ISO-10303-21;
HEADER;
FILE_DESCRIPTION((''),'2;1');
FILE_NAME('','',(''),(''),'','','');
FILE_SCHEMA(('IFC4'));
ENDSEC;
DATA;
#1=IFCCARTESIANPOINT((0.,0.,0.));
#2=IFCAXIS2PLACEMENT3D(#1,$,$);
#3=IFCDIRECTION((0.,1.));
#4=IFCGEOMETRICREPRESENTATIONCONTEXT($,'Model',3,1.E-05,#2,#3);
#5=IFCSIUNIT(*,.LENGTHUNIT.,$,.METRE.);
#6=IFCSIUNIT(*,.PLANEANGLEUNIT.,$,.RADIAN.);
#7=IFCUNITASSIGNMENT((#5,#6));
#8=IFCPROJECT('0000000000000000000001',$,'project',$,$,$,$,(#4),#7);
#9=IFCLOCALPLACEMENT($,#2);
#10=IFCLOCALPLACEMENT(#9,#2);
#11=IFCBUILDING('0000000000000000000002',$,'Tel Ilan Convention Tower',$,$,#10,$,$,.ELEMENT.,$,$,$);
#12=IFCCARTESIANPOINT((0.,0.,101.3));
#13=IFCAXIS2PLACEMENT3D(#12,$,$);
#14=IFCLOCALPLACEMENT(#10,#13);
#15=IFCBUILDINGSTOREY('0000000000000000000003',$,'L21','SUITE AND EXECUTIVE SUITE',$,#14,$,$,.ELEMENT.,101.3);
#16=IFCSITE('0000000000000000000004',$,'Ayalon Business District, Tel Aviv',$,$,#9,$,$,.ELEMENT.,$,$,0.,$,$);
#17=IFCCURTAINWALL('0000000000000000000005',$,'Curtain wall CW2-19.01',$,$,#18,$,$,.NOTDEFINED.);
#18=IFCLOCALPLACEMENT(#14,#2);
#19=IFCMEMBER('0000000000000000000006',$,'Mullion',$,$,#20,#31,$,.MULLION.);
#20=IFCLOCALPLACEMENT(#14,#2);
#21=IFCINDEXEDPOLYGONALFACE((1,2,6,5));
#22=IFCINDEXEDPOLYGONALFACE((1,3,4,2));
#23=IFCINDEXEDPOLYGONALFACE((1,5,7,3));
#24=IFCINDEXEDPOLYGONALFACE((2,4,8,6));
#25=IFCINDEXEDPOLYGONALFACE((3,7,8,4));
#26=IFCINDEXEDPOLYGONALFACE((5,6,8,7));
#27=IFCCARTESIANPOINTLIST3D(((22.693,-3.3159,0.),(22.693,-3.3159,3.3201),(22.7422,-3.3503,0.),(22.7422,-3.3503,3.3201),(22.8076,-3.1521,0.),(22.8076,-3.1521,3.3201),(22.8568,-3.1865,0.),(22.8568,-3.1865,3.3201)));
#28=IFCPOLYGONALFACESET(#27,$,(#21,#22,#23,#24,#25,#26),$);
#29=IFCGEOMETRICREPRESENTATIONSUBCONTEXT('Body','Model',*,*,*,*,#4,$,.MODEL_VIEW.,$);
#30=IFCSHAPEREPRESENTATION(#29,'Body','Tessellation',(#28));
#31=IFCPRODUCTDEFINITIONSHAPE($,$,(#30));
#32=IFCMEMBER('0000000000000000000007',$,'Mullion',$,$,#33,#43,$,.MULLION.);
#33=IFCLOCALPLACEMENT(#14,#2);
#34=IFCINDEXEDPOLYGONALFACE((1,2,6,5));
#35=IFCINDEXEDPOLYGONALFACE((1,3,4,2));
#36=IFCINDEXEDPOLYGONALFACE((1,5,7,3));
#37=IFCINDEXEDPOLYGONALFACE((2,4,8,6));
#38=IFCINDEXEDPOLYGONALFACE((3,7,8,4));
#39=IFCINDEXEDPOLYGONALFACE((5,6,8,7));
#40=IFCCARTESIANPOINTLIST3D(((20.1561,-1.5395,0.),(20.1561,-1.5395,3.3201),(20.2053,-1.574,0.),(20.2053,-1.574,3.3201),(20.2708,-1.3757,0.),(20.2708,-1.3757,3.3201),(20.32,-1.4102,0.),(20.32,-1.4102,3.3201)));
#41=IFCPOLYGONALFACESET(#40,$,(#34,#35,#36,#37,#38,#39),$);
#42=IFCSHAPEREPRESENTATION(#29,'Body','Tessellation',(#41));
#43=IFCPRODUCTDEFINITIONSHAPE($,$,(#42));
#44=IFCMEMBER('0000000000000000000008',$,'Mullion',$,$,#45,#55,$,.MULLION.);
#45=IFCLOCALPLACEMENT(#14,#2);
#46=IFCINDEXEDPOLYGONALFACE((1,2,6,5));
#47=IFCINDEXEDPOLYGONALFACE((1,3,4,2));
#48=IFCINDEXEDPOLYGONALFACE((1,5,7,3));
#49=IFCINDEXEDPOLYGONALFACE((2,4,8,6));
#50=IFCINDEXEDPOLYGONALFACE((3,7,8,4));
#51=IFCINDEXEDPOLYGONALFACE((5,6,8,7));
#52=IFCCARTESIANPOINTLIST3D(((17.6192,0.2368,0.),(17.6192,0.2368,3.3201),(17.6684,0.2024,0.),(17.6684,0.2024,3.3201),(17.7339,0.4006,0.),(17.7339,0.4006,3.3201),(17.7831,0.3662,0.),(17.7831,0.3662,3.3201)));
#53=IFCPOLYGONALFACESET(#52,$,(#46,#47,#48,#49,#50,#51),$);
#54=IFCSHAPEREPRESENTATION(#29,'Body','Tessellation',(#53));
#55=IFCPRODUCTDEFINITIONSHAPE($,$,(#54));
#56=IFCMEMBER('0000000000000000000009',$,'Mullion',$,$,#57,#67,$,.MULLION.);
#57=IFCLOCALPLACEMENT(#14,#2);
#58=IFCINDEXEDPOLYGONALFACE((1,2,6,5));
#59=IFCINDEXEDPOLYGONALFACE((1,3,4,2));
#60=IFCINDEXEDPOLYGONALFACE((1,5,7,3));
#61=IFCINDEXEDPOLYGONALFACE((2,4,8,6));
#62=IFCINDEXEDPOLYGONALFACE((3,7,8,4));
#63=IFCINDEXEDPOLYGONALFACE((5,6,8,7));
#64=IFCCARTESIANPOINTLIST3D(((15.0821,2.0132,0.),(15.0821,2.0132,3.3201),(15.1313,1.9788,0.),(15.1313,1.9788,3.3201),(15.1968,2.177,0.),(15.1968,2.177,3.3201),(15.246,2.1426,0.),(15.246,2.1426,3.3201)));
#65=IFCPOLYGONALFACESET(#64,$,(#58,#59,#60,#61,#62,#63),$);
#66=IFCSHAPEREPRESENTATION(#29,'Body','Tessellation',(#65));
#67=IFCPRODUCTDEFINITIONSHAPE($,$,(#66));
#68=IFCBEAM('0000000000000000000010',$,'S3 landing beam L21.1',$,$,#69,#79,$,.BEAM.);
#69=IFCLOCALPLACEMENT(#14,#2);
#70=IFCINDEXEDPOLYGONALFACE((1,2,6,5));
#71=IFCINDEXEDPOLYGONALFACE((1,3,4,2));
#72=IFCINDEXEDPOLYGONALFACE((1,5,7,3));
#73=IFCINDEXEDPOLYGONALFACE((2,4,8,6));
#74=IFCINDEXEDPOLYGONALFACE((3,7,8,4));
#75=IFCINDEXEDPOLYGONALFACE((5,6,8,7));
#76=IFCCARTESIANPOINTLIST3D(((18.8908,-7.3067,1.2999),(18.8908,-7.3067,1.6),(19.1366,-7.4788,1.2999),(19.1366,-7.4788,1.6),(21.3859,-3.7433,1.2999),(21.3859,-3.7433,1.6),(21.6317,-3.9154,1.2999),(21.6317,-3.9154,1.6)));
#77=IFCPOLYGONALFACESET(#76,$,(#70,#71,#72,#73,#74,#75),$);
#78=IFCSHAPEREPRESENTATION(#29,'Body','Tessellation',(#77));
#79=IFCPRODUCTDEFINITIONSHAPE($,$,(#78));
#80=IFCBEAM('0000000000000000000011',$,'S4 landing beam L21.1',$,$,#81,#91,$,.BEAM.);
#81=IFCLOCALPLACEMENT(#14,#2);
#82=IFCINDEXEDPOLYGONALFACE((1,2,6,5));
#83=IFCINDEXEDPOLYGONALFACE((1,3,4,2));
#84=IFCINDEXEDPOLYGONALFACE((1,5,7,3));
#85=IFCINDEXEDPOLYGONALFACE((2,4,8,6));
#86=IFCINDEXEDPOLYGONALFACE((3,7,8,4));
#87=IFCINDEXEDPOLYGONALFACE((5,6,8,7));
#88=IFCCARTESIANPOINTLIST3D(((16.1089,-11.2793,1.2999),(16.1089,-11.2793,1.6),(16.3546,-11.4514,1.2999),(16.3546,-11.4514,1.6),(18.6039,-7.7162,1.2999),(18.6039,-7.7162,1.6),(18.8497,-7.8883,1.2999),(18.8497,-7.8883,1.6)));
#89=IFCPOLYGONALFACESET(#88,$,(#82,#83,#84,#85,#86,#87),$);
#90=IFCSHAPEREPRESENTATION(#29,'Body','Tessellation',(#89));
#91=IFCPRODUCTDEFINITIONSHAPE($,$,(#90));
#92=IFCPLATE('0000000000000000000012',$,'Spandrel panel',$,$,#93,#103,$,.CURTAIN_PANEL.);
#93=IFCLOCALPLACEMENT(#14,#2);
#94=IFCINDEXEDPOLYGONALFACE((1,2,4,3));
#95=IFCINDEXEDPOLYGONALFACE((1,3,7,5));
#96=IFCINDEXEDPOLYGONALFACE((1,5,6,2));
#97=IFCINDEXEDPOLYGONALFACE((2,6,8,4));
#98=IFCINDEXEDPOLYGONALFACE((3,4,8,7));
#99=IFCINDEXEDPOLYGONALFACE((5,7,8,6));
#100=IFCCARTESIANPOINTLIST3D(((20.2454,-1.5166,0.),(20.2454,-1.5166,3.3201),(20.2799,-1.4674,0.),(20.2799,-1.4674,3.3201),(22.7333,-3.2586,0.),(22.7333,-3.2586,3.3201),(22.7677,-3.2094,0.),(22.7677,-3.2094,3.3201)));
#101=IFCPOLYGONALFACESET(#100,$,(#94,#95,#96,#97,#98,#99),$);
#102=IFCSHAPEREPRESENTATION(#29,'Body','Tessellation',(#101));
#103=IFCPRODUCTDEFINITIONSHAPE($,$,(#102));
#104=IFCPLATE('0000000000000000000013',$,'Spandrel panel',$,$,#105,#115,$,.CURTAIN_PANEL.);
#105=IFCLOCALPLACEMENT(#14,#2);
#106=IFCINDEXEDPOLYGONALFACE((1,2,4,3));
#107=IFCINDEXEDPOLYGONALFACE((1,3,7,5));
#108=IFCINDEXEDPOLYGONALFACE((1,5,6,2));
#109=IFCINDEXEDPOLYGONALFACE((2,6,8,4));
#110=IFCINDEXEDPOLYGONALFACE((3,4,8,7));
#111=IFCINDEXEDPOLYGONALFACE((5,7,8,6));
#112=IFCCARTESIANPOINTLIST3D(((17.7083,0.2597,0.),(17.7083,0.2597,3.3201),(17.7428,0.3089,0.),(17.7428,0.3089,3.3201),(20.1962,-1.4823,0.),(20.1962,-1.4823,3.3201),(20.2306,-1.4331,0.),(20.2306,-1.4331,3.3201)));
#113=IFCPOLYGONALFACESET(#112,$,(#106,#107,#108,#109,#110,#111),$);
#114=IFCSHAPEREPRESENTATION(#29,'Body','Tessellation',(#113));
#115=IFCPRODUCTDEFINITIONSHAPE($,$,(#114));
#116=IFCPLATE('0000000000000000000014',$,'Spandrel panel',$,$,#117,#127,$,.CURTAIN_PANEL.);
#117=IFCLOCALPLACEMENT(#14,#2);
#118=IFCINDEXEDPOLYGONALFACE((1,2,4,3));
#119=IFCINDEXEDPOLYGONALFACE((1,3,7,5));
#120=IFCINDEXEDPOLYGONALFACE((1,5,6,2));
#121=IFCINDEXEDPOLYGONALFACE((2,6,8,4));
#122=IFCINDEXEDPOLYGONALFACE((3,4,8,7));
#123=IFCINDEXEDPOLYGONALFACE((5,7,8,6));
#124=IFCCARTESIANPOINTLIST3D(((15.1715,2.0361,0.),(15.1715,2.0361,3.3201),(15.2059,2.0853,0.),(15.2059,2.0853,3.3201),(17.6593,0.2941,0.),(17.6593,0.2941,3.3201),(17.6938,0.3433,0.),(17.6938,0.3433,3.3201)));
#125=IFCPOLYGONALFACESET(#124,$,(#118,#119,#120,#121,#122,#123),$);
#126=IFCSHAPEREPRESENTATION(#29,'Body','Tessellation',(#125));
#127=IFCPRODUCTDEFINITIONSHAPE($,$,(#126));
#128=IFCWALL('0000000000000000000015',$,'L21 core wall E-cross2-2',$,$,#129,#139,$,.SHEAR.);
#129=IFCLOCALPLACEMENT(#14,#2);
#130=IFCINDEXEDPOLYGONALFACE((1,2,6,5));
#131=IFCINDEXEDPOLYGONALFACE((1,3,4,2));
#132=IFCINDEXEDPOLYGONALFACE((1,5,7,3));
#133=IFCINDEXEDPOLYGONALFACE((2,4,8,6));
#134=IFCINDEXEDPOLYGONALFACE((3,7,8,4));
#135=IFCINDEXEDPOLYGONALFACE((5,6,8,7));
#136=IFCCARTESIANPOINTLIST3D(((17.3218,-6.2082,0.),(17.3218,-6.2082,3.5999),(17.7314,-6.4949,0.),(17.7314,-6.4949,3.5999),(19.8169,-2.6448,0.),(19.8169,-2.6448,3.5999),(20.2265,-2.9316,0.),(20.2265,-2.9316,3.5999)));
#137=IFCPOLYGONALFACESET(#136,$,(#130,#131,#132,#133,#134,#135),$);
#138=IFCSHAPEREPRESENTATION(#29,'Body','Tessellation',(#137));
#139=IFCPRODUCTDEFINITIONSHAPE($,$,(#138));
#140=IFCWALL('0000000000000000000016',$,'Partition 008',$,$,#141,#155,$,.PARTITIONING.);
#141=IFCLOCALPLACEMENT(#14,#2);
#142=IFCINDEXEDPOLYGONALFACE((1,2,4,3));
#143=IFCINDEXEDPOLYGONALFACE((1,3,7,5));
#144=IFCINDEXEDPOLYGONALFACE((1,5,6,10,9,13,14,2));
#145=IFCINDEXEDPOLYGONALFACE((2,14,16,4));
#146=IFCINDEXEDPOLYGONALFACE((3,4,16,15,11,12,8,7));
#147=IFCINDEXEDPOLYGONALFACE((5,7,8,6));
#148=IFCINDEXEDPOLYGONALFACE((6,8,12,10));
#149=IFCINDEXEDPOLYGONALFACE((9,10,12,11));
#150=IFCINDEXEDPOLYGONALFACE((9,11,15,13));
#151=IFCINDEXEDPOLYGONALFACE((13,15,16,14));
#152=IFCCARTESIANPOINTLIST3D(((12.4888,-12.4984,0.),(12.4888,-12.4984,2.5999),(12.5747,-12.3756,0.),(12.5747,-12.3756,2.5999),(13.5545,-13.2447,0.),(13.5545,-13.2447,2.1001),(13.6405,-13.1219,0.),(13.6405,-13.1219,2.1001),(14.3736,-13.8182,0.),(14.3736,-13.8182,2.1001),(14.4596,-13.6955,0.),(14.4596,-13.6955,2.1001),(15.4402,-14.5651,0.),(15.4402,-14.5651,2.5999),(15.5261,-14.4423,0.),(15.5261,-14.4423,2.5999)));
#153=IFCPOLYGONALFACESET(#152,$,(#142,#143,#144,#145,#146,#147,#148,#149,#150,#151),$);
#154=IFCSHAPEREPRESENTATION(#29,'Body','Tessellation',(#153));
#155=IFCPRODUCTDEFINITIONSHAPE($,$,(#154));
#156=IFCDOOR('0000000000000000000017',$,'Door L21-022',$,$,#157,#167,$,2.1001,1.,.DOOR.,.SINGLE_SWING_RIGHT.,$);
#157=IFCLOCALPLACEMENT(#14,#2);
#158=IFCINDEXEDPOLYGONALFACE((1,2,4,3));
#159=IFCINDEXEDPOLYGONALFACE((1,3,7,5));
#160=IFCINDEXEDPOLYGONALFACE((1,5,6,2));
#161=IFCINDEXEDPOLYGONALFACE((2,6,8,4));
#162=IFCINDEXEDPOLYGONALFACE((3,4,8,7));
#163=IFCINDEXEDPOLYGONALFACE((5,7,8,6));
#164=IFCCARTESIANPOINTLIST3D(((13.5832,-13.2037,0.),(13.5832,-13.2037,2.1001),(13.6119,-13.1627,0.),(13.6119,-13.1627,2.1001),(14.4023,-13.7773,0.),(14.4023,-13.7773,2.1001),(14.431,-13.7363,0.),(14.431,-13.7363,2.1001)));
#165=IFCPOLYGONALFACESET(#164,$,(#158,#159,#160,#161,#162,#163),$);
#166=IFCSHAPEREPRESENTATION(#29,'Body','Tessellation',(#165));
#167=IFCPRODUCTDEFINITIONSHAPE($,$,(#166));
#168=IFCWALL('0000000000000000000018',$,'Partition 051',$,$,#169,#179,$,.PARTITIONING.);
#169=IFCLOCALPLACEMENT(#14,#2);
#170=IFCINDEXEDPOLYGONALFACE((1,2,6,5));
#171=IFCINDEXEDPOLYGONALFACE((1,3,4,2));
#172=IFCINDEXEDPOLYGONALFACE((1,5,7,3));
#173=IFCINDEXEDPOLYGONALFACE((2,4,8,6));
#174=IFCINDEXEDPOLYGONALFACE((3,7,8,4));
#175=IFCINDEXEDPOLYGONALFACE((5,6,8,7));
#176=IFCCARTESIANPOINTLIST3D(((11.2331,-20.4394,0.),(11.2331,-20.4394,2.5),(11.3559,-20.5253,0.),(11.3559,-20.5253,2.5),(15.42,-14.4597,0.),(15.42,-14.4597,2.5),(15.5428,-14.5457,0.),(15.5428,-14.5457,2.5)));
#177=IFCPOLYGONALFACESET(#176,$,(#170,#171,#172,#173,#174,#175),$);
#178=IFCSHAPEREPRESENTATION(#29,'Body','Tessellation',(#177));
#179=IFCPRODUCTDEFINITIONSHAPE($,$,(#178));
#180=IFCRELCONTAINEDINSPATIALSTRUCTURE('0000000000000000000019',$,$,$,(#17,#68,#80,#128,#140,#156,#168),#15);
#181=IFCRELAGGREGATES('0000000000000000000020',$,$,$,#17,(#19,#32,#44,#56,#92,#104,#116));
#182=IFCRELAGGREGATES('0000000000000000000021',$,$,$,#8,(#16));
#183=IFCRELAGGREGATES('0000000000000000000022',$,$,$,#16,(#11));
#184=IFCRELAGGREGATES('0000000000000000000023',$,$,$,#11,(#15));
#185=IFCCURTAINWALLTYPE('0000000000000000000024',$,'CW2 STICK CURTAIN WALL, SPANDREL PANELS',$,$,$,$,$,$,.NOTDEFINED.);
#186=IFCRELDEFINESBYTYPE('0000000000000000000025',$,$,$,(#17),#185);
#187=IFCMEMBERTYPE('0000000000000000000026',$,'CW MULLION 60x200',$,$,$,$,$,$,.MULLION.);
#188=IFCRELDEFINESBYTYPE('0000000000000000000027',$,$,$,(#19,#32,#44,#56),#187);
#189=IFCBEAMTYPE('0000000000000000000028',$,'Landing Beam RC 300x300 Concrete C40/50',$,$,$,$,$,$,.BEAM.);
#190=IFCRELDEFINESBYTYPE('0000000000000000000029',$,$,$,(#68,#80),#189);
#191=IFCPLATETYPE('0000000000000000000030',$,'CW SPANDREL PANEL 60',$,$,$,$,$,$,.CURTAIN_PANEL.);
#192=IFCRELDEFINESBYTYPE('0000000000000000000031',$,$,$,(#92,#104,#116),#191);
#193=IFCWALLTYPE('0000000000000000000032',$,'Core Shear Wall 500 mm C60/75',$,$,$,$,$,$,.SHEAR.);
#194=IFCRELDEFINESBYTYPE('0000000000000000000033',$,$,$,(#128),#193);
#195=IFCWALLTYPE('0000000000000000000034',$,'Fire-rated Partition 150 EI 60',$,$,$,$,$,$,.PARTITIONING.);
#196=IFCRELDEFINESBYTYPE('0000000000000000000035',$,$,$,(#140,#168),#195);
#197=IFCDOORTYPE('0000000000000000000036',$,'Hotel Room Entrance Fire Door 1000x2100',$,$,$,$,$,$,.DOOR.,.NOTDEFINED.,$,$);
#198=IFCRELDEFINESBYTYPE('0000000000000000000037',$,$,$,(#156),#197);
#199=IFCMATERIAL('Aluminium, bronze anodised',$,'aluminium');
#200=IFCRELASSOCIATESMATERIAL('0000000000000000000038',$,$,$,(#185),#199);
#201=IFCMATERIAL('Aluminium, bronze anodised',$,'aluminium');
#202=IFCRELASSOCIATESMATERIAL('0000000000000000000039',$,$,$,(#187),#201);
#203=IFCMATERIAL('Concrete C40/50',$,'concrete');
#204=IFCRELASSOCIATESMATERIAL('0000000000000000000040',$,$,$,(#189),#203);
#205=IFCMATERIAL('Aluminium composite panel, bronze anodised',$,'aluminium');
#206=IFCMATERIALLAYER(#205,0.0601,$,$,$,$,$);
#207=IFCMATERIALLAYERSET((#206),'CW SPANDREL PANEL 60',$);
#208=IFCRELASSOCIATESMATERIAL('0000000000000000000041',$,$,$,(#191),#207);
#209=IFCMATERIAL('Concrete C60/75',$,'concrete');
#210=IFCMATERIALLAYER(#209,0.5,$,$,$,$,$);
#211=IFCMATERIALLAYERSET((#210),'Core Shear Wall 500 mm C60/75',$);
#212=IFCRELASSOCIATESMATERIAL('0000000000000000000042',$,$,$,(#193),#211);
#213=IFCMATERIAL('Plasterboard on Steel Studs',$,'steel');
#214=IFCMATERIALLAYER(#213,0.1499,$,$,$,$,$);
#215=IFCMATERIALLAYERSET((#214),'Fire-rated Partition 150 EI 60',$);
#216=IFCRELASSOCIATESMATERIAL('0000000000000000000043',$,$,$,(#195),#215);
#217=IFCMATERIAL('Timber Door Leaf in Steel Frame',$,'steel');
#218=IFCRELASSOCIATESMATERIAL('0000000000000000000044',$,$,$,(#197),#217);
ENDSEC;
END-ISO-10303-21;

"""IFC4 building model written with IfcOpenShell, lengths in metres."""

from ifc_helpers import new_model, si_unit, direction, frame, frame_2d, origin, origin_2d, place, context, subcontext, project, spatial, polyline, rectangle, outline, extrude, material, layer, layer_set, material_profile, profile_set, type_object, element, fill, aggregate, save


model = new_model("IFC4")

# Units and contexts
model_context = context("Model", 3, precision=1e-05, world=origin(), true_north=direction((0.0, 1.0)))
body_context = subcontext(model_context, "Body", "Model", "MODEL_VIEW")
ifc_project = project(units=[si_unit("LENGTHUNIT", "METRE"), si_unit("PLANEANGLEUNIT", "RADIAN")], contexts=[model_context])

# Site, building, storey
site_placement = place(None, origin())
site = spatial("IfcSite", under=ifc_project, at=site_placement, Name="Ayalon Business District, Tel Aviv", CompositionType="ELEMENT", RefElevation=0.0)
building_placement = place(site_placement, origin())
building = spatial("IfcBuilding", under=site, at=building_placement, Name="Tel Ilan Convention Tower", CompositionType="ELEMENT")
storey_placement = place(building_placement, frame((0.0, 0.0, 101.3)))
storey = spatial("IfcBuildingStorey", under=building, at=storey_placement, Name="L21", Description="SUITE AND EXECUTIVE SUITE", CompositionType="ELEMENT", Elevation=101.3)

# Curtain wall, members
ifc_material_1 = material(Name="Aluminium, bronze anodised", Category="aluminium")
curtain_wall_type = type_object("IfcCurtainWallType", Name="CW2 STICK CURTAIN WALL, SPANDREL PANELS", PredefinedType="NOTDEFINED", material=ifc_material_1)
curtain_wall_placement = place(storey_placement, origin())
curtain_wall = element("IfcCurtainWall", 1, at=curtain_wall_placement, inside=storey, type_object=curtain_wall_type, Name="Curtain wall CW2-19.01", PredefinedType="NOTDEFINED")
ifc_material_2 = material(Name="Aluminium, bronze anodised", Category="aluminium")
ifc_material_profile_1 = material_profile(ifc_material_2, rectangle(XDim=0.0601, YDim=0.2, at=origin_2d()), Name="CW MULLION 60x200")
ifc_profile_set_1 = profile_set([ifc_material_profile_1], Name="Aluminium, bronze anodised")
member_type = type_object("IfcMemberType", Name="CW MULLION 60x200", PredefinedType="MULLION", material=ifc_profile_set_1)
member_1_placement = place(storey_placement, frame((22.7749, -3.2512, 0.0), z_axis=(0.0, 0.0, 1.0), x_axis=(-0.819152, 0.573576, 0.0)))
member_1 = element("IfcMember", 2, at=member_1_placement, type_object=member_type, Name="Mullion", PredefinedType="MULLION", context=body_context, shape_type="SweptSolid", body=[
    extrude(rectangle(XDim=0.0601, YDim=0.2, at=origin_2d()), origin(), (0.0, 0.0, 1.0), 3.3201),
])
member_2_placement = place(storey_placement, frame((20.238, -1.4749, 0.0), z_axis=(0.0, 0.0, 1.0), x_axis=(-0.819152, 0.573576, 0.0)))
member_2 = element("IfcMember", 3, at=member_2_placement, type_object=member_type, Name="Mullion", PredefinedType="MULLION", context=body_context, shape_type="SweptSolid", body=[
    extrude(rectangle(XDim=0.0601, YDim=0.2, at=origin_2d()), origin(), (0.0, 0.0, 1.0), 3.3201),
])
member_3_placement = place(storey_placement, frame((17.7012, 0.3015, 0.0), z_axis=(0.0, 0.0, 1.0), x_axis=(-0.819152, 0.573576, 0.0)))
member_3 = element("IfcMember", 4, at=member_3_placement, type_object=member_type, Name="Mullion", PredefinedType="MULLION", context=body_context, shape_type="SweptSolid", body=[
    extrude(rectangle(XDim=0.0601, YDim=0.2, at=origin_2d()), origin(), (0.0, 0.0, 1.0), 3.3201),
])
member_4_placement = place(storey_placement, frame((15.1641, 2.0779, 0.0), z_axis=(0.0, 0.0, 1.0), x_axis=(-0.819152, 0.573576, 0.0)))
member_4 = element("IfcMember", 5, at=member_4_placement, type_object=member_type, Name="Mullion", PredefinedType="MULLION", context=body_context, shape_type="SweptSolid", body=[
    extrude(rectangle(XDim=0.0601, YDim=0.2, at=origin_2d()), origin(), (0.0, 0.0, 1.0), 3.3201),
])

# Beams
ifc_material_3 = material(Name="Concrete C40/50", Category="concrete")
ifc_material_profile_2 = material_profile(ifc_material_3, rectangle(XDim=0.3, YDim=0.3, at=origin_2d()), Name="RC 300x300")
ifc_profile_set_2 = profile_set([ifc_material_profile_2], Name="Concrete C40/50")
beam_type = type_object("IfcBeamType", Name="Landing Beam RC 300x300 Concrete C40/50", PredefinedType="BEAM", material=ifc_profile_set_2)
beam_1_placement = place(storey_placement, frame((21.5088, -3.8293, 1.45), z_axis=(-0.573568, -0.819158, 0.0), x_axis=(0.819158, -0.573568, 0.0)))
element("IfcBeam", 6, at=beam_1_placement, inside=storey, type_object=beam_type, Name="S3 landing beam L21.1", PredefinedType="BEAM", context=body_context, shape_type="SweptSolid", body=[
    extrude(rectangle(XDim=0.3, YDim=0.3, at=origin_2d()), origin(), (0.0, 0.0, 1.0), 4.3501),
])
beam_2_placement = place(storey_placement, frame((18.7268, -7.8022, 1.45), z_axis=(-0.573594, -0.81914, 0.0), x_axis=(0.81914, -0.573594, 0.0)))
element("IfcBeam", 7, at=beam_2_placement, inside=storey, type_object=beam_type, Name="S4 landing beam L21.1", PredefinedType="BEAM", context=body_context, shape_type="SweptSolid", body=[
    extrude(rectangle(XDim=0.3, YDim=0.3, at=origin_2d()), origin(), (0.0, 0.0, 1.0), 4.3499),
])

# Plates
ifc_material_4 = material(Name="Aluminium composite panel, bronze anodised", Category="aluminium")
ifc_layer_1 = layer(ifc_material_4, 0.0601)
ifc_layer_set_1 = layer_set([ifc_layer_1], Name="CW SPANDREL PANEL 60")
plate_type = type_object("IfcPlateType", Name="CW SPANDREL PANEL 60", PredefinedType="CURTAIN_PANEL", material=ifc_layer_set_1)
plate_1_placement = place(storey_placement, frame((21.5066, -2.363, 0.0), z_axis=(0.0, 0.0, 1.0), x_axis=(-0.819152, 0.573576, 0.0)))
plate_1 = element("IfcPlate", 8, at=plate_1_placement, type_object=plate_type, Name="Spandrel panel", PredefinedType="CURTAIN_PANEL", context=body_context, shape_type="SweptSolid", body=[
    extrude(rectangle(XDim=3.0371, YDim=0.0601, at=origin_2d()), origin(), (0.0, 0.0, 1.0), 3.3201),
])
plate_2_placement = place(storey_placement, frame((18.9695, -0.5867, 0.0), z_axis=(0.0, 0.0, 1.0), x_axis=(-0.819152, 0.573576, 0.0)))
plate_2 = element("IfcPlate", 9, at=plate_2_placement, type_object=plate_type, Name="Spandrel panel", PredefinedType="CURTAIN_PANEL", context=body_context, shape_type="SweptSolid", body=[
    extrude(rectangle(XDim=3.0371, YDim=0.0601, at=origin_2d()), origin(), (0.0, 0.0, 1.0), 3.3201),
])
plate_3_placement = place(storey_placement, frame((16.4326, 1.1897, 0.0), z_axis=(0.0, 0.0, 1.0), x_axis=(-0.819152, 0.573576, 0.0)))
plate_3 = element("IfcPlate", 10, at=plate_3_placement, type_object=plate_type, Name="Spandrel panel", PredefinedType="CURTAIN_PANEL", context=body_context, shape_type="SweptSolid", body=[
    extrude(rectangle(XDim=3.0371, YDim=0.0601, at=origin_2d()), origin(), (0.0, 0.0, 1.0), 3.3201),
])
aggregate(curtain_wall, [member_1, member_2, member_3, member_4, plate_1, plate_2, plate_3])

# Wall
ifc_material_5 = material(Name="Concrete C60/75", Category="concrete")
ifc_layer_2 = layer(ifc_material_5, 0.5)
ifc_layer_set_2 = layer_set([ifc_layer_2], Name="Core Shear Wall 500 mm C60/75")
wall_type_1 = type_object("IfcWallType", Name="Core Shear Wall 500 mm C60/75", PredefinedType="SHEAR", material=ifc_layer_set_2)
wall_1_placement = place(storey_placement, frame((17.5266, -6.3516, 0.0), z_axis=(0.0, 0.0, 1.0), x_axis=(0.57353, 0.819184, 0.0)))
element("IfcWall", 11, at=wall_1_placement, inside=storey, type_object=wall_type_1, Name="L21 core wall E-cross2-2", PredefinedType="SHEAR", context=body_context, shape_type="SweptSolid", body=[
    extrude(outline(polyline([(4.3501, -0.2502), (4.3501, 0.2498), (0.0, 0.25), (0.0, -0.25), (4.3501, -0.2502)])), origin(), (0.0, 0.0, 1.0), 3.5999),
])

# Wall, opening, door
ifc_material_6 = material(Name="Plasterboard on Steel Studs", Category="steel")
ifc_layer_3 = layer(ifc_material_6, 0.1499)
ifc_layer_set_3 = layer_set([ifc_layer_3], Name="Fire-rated Partition 150 EI 60")
wall_type_2 = type_object("IfcWallType", Name="Fire-rated Partition 150 EI 60", PredefinedType="PARTITIONING", material=ifc_layer_set_3)
wall_2_placement = place(storey_placement, frame((15.4832, -14.5037, 0.0), z_axis=(0.0, 0.0, 1.0), x_axis=(-0.819146, 0.573585, 0.0)))
wall_2 = element("IfcWall", 12, at=wall_2_placement, inside=storey, type_object=wall_type_2, Name="Partition 008", PredefinedType="PARTITIONING", context=body_context, shape_type="SweptSolid", body=[
    extrude(rectangle(XDim=3.603, YDim=0.1499, at=frame_2d((1.8015, 0.0))), origin(), (0.0, 0.0, 1.0), 2.5999),
])
opening_placement = place(wall_2_placement, frame((1.302, 0.0, 0.0)))
opening = element("IfcOpeningElement", 13, at=opening_placement, cuts=wall_2, PredefinedType="OPENING", context=body_context, shape_type="SweptSolid", body=[
    extrude(rectangle(XDim=1.0, YDim=2.1001, at=frame_2d((0.5, 1.05))), frame((0.0, 0.085, 0.0), z_axis=(0.0, -1.0, 0.0), x_axis=(1.0, 0.0, 0.0)), (0.0, 0.0, 1.0), 0.1699),
])
ifc_material_7 = material(Name="Timber Door Leaf in Steel Frame", Category="steel")
door_type = type_object("IfcDoorType", Name="Hotel Room Entrance Fire Door 1000x2100", OperationType="NOTDEFINED", PredefinedType="DOOR", material=ifc_material_7)
door_placement = place(opening_placement, origin())
door = element("IfcDoor", 14, at=door_placement, inside=storey, type_object=door_type, Name="Door L21-022", OperationType="SINGLE_SWING_RIGHT", OverallHeight=2.1001, OverallWidth=1.0, PredefinedType="DOOR", context=body_context, shape_type="SweptSolid", body=[
    extrude(rectangle(XDim=1.0, YDim=2.1001, at=frame_2d((0.5, 1.05))), frame((0.0, 0.0249, 0.0), z_axis=(0.0, -1.0, 0.0), x_axis=(1.0, 0.0, 0.0)), (0.0, 0.0, 1.0), 0.05),
])
fill(opening, door)

# Wall
wall_3_placement = place(storey_placement, frame((15.4814, -14.5027, 0.0), z_axis=(0.0, 0.0, 1.0), x_axis=(-0.573572, -0.819155, 0.0)))
element("IfcWall", 15, at=wall_3_placement, inside=storey, type_object=wall_type_2, Name="Partition 051", PredefinedType="PARTITIONING", context=body_context, shape_type="SweptSolid", body=[
    extrude(rectangle(XDim=7.2998, YDim=0.1499, at=frame_2d((3.6499, 0.0))), origin(), (0.0, 0.0, 1.0), 2.5),
])

save(model, "model.ifc")
